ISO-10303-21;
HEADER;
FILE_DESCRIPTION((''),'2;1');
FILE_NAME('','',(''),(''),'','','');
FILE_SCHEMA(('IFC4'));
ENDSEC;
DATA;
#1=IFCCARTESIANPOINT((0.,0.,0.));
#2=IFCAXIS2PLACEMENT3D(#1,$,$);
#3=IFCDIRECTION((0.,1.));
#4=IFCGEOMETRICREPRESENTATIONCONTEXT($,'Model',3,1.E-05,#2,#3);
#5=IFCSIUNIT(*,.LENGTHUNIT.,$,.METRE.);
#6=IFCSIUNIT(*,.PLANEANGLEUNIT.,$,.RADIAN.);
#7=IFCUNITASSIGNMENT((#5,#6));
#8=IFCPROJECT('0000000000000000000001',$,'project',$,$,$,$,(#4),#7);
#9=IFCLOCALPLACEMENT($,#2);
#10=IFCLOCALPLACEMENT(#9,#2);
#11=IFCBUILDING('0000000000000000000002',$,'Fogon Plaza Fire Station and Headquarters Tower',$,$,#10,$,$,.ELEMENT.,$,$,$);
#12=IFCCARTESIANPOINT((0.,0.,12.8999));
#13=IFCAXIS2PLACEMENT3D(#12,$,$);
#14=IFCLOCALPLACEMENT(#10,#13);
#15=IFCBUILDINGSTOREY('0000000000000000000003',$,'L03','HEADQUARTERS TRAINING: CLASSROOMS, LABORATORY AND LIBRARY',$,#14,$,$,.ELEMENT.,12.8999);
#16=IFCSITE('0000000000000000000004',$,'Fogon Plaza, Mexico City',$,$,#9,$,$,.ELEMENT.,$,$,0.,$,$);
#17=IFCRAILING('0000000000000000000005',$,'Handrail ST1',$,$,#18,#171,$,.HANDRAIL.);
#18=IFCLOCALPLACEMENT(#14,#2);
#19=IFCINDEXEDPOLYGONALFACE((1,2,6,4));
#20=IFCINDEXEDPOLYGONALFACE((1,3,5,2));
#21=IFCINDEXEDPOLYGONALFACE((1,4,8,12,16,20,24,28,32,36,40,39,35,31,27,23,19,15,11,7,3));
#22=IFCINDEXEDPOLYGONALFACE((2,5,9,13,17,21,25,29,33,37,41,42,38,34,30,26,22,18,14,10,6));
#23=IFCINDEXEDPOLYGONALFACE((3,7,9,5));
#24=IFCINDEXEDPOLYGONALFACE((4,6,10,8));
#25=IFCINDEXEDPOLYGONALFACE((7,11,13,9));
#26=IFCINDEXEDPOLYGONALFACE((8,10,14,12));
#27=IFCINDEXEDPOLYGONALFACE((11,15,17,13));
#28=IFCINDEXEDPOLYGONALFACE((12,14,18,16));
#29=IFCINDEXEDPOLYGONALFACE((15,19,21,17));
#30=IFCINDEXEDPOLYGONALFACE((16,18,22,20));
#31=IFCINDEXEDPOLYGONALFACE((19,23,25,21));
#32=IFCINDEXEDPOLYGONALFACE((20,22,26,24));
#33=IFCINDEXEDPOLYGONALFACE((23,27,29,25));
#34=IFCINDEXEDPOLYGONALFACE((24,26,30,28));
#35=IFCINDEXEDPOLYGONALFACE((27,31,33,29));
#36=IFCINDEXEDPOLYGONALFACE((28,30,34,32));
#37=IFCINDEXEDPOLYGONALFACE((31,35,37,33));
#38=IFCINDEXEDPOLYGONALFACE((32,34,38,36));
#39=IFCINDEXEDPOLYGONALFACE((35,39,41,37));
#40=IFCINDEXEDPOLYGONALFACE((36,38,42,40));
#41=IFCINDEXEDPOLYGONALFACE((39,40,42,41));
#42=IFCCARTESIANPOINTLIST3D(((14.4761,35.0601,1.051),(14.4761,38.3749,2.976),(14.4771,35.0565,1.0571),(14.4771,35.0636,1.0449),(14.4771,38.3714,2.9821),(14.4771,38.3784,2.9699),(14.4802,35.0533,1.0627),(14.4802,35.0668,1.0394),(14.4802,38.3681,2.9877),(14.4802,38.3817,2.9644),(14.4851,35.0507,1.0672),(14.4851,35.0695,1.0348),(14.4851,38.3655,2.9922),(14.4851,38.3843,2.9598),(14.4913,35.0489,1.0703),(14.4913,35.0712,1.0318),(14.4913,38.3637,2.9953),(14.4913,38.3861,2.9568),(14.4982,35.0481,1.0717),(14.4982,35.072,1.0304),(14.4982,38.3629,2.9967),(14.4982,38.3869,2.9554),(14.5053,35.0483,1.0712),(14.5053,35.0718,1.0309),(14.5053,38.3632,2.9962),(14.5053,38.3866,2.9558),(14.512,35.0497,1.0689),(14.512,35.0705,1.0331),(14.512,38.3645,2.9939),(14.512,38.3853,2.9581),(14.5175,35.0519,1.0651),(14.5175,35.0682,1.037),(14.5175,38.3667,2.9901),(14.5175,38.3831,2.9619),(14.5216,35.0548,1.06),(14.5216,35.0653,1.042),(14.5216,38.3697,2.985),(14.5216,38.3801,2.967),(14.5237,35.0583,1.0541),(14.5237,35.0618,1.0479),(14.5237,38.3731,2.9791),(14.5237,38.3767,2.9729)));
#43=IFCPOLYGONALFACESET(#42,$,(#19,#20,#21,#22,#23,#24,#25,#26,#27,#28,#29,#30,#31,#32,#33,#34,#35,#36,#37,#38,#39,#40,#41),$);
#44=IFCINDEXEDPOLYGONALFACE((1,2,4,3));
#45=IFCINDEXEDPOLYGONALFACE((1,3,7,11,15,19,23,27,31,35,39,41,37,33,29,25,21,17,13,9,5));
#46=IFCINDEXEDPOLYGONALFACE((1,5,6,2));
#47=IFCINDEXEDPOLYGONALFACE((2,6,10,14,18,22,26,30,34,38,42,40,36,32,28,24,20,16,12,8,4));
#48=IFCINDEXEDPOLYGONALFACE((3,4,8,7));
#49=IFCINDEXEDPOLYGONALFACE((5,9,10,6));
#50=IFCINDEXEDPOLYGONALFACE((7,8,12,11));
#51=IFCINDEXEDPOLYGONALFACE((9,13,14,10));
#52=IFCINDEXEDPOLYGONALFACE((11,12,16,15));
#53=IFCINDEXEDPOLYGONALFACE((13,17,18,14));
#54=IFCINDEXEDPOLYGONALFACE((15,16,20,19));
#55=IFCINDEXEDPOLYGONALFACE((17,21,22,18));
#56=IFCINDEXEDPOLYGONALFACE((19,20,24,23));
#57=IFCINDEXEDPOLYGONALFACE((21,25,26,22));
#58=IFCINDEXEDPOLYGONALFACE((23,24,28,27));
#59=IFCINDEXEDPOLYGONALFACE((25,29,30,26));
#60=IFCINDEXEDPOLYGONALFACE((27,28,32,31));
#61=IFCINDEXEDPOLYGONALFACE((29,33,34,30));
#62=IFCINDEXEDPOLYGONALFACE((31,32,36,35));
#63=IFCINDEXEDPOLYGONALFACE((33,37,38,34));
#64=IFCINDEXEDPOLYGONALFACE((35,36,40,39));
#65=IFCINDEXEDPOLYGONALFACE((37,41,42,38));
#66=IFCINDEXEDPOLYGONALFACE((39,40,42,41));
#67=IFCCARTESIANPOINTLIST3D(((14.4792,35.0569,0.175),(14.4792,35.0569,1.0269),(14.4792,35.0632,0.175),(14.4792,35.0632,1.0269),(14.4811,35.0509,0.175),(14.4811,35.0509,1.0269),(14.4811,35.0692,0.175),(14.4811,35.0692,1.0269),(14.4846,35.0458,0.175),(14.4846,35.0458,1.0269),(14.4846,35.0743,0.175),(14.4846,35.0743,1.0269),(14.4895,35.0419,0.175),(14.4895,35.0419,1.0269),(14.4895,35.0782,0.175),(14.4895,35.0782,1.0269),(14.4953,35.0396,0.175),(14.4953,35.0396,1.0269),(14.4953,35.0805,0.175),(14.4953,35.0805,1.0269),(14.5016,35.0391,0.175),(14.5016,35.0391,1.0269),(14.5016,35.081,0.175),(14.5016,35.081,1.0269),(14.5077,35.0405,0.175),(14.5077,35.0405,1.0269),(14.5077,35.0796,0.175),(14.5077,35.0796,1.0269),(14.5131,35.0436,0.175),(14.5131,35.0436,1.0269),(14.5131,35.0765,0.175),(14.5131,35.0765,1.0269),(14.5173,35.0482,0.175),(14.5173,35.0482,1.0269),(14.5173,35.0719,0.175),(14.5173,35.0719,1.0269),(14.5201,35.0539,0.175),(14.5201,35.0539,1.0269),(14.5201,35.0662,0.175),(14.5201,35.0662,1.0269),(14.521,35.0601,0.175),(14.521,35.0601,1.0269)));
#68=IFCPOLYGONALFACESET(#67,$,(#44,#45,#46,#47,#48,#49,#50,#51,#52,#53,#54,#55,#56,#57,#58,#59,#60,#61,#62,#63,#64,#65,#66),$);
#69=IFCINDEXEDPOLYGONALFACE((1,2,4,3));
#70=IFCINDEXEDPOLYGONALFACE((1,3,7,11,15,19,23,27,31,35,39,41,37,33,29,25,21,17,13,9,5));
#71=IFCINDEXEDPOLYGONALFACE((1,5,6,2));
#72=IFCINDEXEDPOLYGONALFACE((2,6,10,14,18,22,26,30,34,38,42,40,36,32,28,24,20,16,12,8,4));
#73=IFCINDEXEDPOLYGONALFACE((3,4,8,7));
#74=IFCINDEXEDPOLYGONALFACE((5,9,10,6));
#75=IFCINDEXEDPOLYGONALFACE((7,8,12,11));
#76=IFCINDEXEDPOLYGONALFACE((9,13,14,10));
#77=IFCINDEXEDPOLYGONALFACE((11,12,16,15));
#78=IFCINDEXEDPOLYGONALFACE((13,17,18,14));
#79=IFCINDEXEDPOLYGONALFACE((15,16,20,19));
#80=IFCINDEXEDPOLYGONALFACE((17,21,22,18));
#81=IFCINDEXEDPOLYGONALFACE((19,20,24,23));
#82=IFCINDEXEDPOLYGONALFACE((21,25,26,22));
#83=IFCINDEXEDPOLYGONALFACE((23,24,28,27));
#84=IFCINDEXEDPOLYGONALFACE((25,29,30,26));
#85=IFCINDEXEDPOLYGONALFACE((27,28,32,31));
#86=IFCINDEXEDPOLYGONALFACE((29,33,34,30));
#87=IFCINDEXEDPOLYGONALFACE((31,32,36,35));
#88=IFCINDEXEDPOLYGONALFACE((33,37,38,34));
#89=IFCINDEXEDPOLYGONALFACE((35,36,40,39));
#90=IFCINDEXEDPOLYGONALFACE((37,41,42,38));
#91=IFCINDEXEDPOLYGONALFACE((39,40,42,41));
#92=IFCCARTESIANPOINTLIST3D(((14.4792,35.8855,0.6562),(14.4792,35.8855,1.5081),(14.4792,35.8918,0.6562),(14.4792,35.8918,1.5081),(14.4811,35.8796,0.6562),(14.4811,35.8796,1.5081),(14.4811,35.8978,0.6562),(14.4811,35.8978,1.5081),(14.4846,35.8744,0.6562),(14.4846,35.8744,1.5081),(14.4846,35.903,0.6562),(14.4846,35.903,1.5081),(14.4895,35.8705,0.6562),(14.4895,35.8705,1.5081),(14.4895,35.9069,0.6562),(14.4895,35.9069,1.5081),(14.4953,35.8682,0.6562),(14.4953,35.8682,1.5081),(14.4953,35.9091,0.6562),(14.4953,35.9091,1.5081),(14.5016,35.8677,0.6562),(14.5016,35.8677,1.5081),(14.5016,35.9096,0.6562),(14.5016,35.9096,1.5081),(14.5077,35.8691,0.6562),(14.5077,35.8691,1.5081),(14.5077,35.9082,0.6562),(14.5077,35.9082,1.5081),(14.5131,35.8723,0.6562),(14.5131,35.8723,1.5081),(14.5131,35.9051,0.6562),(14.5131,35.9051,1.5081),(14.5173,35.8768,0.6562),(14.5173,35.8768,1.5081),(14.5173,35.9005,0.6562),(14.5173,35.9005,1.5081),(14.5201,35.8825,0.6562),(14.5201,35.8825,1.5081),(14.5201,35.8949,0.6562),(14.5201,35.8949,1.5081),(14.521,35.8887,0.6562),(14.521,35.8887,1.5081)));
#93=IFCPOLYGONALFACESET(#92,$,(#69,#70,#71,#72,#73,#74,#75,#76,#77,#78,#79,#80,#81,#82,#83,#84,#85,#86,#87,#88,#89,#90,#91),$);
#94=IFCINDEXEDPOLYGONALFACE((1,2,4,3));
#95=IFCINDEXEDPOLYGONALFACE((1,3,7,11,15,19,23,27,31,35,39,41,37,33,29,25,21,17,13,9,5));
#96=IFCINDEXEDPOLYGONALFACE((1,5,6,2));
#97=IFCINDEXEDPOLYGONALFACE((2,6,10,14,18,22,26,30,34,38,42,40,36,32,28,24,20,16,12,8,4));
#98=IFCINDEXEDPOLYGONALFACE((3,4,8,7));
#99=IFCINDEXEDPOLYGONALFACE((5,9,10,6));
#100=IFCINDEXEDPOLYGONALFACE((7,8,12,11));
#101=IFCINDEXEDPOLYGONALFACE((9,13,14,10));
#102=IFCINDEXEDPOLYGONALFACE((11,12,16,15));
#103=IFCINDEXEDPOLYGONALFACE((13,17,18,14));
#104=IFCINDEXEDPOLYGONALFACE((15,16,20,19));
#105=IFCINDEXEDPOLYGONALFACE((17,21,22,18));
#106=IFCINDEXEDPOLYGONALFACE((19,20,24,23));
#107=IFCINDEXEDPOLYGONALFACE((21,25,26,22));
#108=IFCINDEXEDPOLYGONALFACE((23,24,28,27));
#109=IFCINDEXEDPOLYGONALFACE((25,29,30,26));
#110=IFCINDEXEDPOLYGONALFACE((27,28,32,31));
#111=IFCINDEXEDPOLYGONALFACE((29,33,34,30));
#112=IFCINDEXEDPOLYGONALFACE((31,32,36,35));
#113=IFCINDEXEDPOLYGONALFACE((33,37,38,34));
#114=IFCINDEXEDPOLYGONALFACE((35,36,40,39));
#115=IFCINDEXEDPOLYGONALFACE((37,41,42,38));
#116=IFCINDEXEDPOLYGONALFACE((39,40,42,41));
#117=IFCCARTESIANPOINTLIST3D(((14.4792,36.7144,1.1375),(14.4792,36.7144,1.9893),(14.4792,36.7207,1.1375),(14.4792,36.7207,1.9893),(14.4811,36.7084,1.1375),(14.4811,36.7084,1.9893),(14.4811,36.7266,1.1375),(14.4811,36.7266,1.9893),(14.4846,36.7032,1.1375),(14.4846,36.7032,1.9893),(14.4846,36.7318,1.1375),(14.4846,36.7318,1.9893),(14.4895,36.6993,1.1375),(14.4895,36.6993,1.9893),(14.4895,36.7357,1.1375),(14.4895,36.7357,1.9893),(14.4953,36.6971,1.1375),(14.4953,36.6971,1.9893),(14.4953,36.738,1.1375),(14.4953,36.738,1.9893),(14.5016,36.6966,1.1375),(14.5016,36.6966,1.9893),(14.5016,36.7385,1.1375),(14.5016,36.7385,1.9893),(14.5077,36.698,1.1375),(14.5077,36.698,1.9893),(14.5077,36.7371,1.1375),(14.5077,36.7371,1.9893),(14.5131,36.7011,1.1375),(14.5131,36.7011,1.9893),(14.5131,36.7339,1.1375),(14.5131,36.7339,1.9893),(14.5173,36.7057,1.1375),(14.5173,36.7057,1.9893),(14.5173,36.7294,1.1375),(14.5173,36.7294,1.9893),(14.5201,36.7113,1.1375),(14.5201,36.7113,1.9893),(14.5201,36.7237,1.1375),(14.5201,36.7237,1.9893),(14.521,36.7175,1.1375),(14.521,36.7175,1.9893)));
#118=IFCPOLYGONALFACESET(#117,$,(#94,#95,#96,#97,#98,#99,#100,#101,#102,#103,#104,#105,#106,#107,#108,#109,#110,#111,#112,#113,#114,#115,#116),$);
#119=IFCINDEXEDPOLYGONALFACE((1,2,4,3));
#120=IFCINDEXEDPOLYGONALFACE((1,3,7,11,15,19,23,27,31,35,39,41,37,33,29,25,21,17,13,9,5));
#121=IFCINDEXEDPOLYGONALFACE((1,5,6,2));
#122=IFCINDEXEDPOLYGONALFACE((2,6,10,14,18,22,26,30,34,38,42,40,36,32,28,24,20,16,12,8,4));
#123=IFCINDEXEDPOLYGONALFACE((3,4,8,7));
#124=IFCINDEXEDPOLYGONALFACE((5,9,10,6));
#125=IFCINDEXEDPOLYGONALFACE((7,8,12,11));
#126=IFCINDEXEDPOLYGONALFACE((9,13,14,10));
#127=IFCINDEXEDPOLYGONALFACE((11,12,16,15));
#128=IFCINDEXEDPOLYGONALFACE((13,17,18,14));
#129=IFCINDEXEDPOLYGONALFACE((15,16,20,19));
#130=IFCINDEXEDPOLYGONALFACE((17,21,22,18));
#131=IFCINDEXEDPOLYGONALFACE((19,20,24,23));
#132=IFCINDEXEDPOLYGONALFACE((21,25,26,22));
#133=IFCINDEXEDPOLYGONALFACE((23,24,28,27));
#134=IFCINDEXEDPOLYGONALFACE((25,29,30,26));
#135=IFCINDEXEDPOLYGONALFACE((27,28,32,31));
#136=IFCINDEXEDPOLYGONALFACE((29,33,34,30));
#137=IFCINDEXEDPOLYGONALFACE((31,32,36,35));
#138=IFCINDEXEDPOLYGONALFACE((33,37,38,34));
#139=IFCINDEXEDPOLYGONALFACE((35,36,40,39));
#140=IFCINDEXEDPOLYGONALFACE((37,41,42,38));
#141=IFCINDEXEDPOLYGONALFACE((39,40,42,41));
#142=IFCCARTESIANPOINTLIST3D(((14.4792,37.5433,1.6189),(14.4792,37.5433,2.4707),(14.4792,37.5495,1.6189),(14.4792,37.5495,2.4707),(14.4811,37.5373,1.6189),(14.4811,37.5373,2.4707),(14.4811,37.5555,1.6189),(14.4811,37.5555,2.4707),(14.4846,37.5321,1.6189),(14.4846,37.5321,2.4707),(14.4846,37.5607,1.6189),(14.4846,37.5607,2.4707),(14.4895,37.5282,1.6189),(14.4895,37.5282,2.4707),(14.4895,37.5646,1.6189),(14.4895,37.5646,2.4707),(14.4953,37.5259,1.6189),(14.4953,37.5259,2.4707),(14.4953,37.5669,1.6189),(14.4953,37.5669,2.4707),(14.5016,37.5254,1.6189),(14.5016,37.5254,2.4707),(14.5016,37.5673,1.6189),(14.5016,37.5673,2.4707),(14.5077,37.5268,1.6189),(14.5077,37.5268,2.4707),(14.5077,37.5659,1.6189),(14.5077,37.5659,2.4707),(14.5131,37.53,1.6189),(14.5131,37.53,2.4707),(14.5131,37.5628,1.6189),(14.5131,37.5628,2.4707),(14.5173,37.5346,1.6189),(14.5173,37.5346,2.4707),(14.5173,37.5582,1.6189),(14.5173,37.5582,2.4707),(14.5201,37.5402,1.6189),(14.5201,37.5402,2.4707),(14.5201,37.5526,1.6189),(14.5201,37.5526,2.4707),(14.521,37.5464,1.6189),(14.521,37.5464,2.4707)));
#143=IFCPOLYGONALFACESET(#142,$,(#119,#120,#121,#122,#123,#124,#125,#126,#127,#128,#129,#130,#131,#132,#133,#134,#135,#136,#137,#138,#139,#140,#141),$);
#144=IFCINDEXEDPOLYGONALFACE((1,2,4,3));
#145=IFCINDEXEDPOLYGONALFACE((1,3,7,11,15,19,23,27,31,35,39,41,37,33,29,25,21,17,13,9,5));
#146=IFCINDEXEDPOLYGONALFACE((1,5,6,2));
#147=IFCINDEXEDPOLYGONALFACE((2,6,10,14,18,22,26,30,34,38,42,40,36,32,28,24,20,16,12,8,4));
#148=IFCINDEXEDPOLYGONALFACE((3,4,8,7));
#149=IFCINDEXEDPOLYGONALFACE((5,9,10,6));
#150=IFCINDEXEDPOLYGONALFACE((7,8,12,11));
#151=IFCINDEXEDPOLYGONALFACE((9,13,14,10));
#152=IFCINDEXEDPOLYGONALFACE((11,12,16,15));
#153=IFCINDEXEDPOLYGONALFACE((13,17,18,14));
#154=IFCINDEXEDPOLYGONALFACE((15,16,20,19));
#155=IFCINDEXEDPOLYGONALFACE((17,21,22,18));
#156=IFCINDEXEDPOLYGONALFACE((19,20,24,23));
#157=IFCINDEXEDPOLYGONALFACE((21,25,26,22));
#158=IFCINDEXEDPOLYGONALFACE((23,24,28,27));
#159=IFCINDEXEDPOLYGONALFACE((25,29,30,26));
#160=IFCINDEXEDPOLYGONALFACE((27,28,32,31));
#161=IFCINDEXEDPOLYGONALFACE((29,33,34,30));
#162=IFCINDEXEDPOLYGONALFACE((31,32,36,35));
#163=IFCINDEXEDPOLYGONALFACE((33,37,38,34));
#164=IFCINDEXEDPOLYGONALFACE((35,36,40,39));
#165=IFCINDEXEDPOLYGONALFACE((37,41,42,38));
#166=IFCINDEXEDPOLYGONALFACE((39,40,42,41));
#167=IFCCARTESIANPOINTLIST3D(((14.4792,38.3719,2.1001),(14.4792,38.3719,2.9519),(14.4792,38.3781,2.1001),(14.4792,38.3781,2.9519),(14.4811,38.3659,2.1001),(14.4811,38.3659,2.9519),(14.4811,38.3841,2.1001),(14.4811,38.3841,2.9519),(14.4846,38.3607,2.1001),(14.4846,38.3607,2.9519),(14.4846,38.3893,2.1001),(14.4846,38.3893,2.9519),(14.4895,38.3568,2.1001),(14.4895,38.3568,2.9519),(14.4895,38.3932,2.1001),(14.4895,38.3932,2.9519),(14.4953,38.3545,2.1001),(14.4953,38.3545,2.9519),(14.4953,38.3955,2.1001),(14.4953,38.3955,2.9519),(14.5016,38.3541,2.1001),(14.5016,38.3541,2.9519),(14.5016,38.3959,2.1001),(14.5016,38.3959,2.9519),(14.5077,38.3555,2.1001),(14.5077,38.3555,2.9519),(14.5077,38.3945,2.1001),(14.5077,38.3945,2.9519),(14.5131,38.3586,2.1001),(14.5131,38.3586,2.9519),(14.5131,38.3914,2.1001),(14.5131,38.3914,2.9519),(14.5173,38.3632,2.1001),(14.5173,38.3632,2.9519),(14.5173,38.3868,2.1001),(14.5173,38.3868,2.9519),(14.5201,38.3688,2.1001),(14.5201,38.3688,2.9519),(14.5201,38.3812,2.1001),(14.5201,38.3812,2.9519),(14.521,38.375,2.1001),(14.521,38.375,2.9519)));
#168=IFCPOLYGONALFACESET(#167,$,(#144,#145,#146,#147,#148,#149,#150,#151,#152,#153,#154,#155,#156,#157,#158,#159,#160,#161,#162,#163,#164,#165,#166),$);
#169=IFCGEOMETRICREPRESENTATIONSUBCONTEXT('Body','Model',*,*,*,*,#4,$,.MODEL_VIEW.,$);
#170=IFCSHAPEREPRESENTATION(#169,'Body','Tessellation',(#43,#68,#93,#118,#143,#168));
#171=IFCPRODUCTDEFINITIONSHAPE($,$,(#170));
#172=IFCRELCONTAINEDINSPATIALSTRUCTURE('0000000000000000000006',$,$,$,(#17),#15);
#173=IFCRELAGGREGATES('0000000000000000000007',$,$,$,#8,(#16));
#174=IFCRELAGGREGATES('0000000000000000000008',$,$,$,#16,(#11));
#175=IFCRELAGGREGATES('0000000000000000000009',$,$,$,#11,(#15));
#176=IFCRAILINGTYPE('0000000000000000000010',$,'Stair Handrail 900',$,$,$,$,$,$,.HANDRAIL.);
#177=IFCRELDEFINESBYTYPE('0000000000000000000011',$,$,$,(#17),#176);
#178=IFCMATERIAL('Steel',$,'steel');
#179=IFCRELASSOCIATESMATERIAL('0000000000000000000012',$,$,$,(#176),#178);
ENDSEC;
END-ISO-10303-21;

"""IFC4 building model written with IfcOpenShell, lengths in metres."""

from ifc_helpers import new_model, si_unit, direction, frame, origin, origin_2d, place, context, subcontext, project, spatial, circle, extrude, material, type_object, element, save


model = new_model("IFC4")

# Units and contexts
model_context = context("Model", 3, precision=1e-05, world=origin(), true_north=direction((0.0, 1.0)))
body_context = subcontext(model_context, "Body", "Model", "MODEL_VIEW")
ifc_project = project(units=[si_unit("LENGTHUNIT", "METRE"), si_unit("PLANEANGLEUNIT", "RADIAN")], contexts=[model_context])

# Site, building, storey
site_placement = place(None, origin())
site = spatial("IfcSite", under=ifc_project, at=site_placement, Name="Fogon Plaza, Mexico City", CompositionType="ELEMENT", RefElevation=0.0)
building_placement = place(site_placement, origin())
building = spatial("IfcBuilding", under=site, at=building_placement, Name="Fogon Plaza Fire Station and Headquarters Tower", CompositionType="ELEMENT")
storey_placement = place(building_placement, frame((0.0, 0.0, 12.8999)))
storey = spatial("IfcBuildingStorey", under=building, at=storey_placement, Name="L03", Description="HEADQUARTERS TRAINING: CLASSROOMS, LABORATORY AND LIBRARY", CompositionType="ELEMENT", Elevation=12.8999)

# Railing
ifc_material_1 = material(Name="Steel", Category="steel")
railing_type = type_object("IfcRailingType", Name="Stair Handrail 900", PredefinedType="HANDRAIL", material=ifc_material_1)
for number, where, name in (
    (1, (14.5, 35.0601, 0.175), "Handrail ST1"),
):
    element("IfcRailing", number, at=place(storey_placement, frame(where)), inside=storey, type_object=railing_type, Name=name, PredefinedType="HANDRAIL", context=body_context, shape_type="SweptSolid", body=[
        extrude(circle(Radius=0.0239, at=origin_2d()), frame((0.0, 0.0, 0.876), z_axis=(0.0, 0.864761, 0.502183), x_axis=(-1.0, 0.0, 0.0)), (0.0, 0.0, 1.0), 3.8333),
        extrude(circle(Radius=0.021, at=origin_2d()), origin(), (0.0, 0.0, 1.0), 0.8518),
        extrude(circle(Radius=0.021, at=origin_2d()), frame((0.0, 0.8286, 0.4812)), (0.0, 0.0, 1.0), 0.8518),
        extrude(circle(Radius=0.021, at=origin_2d()), frame((0.0, 1.6575, 0.9624)), (0.0, 0.0, 1.0), 0.8518),
        extrude(circle(Radius=0.021, at=origin_2d()), frame((0.0, 2.4863, 1.4438)), (0.0, 0.0, 1.0), 0.8518),
        extrude(circle(Radius=0.021, at=origin_2d()), frame((0.0, 3.3149, 1.925)), (0.0, 0.0, 1.0), 0.8518),
    ])

save(model, "model.ifc")
